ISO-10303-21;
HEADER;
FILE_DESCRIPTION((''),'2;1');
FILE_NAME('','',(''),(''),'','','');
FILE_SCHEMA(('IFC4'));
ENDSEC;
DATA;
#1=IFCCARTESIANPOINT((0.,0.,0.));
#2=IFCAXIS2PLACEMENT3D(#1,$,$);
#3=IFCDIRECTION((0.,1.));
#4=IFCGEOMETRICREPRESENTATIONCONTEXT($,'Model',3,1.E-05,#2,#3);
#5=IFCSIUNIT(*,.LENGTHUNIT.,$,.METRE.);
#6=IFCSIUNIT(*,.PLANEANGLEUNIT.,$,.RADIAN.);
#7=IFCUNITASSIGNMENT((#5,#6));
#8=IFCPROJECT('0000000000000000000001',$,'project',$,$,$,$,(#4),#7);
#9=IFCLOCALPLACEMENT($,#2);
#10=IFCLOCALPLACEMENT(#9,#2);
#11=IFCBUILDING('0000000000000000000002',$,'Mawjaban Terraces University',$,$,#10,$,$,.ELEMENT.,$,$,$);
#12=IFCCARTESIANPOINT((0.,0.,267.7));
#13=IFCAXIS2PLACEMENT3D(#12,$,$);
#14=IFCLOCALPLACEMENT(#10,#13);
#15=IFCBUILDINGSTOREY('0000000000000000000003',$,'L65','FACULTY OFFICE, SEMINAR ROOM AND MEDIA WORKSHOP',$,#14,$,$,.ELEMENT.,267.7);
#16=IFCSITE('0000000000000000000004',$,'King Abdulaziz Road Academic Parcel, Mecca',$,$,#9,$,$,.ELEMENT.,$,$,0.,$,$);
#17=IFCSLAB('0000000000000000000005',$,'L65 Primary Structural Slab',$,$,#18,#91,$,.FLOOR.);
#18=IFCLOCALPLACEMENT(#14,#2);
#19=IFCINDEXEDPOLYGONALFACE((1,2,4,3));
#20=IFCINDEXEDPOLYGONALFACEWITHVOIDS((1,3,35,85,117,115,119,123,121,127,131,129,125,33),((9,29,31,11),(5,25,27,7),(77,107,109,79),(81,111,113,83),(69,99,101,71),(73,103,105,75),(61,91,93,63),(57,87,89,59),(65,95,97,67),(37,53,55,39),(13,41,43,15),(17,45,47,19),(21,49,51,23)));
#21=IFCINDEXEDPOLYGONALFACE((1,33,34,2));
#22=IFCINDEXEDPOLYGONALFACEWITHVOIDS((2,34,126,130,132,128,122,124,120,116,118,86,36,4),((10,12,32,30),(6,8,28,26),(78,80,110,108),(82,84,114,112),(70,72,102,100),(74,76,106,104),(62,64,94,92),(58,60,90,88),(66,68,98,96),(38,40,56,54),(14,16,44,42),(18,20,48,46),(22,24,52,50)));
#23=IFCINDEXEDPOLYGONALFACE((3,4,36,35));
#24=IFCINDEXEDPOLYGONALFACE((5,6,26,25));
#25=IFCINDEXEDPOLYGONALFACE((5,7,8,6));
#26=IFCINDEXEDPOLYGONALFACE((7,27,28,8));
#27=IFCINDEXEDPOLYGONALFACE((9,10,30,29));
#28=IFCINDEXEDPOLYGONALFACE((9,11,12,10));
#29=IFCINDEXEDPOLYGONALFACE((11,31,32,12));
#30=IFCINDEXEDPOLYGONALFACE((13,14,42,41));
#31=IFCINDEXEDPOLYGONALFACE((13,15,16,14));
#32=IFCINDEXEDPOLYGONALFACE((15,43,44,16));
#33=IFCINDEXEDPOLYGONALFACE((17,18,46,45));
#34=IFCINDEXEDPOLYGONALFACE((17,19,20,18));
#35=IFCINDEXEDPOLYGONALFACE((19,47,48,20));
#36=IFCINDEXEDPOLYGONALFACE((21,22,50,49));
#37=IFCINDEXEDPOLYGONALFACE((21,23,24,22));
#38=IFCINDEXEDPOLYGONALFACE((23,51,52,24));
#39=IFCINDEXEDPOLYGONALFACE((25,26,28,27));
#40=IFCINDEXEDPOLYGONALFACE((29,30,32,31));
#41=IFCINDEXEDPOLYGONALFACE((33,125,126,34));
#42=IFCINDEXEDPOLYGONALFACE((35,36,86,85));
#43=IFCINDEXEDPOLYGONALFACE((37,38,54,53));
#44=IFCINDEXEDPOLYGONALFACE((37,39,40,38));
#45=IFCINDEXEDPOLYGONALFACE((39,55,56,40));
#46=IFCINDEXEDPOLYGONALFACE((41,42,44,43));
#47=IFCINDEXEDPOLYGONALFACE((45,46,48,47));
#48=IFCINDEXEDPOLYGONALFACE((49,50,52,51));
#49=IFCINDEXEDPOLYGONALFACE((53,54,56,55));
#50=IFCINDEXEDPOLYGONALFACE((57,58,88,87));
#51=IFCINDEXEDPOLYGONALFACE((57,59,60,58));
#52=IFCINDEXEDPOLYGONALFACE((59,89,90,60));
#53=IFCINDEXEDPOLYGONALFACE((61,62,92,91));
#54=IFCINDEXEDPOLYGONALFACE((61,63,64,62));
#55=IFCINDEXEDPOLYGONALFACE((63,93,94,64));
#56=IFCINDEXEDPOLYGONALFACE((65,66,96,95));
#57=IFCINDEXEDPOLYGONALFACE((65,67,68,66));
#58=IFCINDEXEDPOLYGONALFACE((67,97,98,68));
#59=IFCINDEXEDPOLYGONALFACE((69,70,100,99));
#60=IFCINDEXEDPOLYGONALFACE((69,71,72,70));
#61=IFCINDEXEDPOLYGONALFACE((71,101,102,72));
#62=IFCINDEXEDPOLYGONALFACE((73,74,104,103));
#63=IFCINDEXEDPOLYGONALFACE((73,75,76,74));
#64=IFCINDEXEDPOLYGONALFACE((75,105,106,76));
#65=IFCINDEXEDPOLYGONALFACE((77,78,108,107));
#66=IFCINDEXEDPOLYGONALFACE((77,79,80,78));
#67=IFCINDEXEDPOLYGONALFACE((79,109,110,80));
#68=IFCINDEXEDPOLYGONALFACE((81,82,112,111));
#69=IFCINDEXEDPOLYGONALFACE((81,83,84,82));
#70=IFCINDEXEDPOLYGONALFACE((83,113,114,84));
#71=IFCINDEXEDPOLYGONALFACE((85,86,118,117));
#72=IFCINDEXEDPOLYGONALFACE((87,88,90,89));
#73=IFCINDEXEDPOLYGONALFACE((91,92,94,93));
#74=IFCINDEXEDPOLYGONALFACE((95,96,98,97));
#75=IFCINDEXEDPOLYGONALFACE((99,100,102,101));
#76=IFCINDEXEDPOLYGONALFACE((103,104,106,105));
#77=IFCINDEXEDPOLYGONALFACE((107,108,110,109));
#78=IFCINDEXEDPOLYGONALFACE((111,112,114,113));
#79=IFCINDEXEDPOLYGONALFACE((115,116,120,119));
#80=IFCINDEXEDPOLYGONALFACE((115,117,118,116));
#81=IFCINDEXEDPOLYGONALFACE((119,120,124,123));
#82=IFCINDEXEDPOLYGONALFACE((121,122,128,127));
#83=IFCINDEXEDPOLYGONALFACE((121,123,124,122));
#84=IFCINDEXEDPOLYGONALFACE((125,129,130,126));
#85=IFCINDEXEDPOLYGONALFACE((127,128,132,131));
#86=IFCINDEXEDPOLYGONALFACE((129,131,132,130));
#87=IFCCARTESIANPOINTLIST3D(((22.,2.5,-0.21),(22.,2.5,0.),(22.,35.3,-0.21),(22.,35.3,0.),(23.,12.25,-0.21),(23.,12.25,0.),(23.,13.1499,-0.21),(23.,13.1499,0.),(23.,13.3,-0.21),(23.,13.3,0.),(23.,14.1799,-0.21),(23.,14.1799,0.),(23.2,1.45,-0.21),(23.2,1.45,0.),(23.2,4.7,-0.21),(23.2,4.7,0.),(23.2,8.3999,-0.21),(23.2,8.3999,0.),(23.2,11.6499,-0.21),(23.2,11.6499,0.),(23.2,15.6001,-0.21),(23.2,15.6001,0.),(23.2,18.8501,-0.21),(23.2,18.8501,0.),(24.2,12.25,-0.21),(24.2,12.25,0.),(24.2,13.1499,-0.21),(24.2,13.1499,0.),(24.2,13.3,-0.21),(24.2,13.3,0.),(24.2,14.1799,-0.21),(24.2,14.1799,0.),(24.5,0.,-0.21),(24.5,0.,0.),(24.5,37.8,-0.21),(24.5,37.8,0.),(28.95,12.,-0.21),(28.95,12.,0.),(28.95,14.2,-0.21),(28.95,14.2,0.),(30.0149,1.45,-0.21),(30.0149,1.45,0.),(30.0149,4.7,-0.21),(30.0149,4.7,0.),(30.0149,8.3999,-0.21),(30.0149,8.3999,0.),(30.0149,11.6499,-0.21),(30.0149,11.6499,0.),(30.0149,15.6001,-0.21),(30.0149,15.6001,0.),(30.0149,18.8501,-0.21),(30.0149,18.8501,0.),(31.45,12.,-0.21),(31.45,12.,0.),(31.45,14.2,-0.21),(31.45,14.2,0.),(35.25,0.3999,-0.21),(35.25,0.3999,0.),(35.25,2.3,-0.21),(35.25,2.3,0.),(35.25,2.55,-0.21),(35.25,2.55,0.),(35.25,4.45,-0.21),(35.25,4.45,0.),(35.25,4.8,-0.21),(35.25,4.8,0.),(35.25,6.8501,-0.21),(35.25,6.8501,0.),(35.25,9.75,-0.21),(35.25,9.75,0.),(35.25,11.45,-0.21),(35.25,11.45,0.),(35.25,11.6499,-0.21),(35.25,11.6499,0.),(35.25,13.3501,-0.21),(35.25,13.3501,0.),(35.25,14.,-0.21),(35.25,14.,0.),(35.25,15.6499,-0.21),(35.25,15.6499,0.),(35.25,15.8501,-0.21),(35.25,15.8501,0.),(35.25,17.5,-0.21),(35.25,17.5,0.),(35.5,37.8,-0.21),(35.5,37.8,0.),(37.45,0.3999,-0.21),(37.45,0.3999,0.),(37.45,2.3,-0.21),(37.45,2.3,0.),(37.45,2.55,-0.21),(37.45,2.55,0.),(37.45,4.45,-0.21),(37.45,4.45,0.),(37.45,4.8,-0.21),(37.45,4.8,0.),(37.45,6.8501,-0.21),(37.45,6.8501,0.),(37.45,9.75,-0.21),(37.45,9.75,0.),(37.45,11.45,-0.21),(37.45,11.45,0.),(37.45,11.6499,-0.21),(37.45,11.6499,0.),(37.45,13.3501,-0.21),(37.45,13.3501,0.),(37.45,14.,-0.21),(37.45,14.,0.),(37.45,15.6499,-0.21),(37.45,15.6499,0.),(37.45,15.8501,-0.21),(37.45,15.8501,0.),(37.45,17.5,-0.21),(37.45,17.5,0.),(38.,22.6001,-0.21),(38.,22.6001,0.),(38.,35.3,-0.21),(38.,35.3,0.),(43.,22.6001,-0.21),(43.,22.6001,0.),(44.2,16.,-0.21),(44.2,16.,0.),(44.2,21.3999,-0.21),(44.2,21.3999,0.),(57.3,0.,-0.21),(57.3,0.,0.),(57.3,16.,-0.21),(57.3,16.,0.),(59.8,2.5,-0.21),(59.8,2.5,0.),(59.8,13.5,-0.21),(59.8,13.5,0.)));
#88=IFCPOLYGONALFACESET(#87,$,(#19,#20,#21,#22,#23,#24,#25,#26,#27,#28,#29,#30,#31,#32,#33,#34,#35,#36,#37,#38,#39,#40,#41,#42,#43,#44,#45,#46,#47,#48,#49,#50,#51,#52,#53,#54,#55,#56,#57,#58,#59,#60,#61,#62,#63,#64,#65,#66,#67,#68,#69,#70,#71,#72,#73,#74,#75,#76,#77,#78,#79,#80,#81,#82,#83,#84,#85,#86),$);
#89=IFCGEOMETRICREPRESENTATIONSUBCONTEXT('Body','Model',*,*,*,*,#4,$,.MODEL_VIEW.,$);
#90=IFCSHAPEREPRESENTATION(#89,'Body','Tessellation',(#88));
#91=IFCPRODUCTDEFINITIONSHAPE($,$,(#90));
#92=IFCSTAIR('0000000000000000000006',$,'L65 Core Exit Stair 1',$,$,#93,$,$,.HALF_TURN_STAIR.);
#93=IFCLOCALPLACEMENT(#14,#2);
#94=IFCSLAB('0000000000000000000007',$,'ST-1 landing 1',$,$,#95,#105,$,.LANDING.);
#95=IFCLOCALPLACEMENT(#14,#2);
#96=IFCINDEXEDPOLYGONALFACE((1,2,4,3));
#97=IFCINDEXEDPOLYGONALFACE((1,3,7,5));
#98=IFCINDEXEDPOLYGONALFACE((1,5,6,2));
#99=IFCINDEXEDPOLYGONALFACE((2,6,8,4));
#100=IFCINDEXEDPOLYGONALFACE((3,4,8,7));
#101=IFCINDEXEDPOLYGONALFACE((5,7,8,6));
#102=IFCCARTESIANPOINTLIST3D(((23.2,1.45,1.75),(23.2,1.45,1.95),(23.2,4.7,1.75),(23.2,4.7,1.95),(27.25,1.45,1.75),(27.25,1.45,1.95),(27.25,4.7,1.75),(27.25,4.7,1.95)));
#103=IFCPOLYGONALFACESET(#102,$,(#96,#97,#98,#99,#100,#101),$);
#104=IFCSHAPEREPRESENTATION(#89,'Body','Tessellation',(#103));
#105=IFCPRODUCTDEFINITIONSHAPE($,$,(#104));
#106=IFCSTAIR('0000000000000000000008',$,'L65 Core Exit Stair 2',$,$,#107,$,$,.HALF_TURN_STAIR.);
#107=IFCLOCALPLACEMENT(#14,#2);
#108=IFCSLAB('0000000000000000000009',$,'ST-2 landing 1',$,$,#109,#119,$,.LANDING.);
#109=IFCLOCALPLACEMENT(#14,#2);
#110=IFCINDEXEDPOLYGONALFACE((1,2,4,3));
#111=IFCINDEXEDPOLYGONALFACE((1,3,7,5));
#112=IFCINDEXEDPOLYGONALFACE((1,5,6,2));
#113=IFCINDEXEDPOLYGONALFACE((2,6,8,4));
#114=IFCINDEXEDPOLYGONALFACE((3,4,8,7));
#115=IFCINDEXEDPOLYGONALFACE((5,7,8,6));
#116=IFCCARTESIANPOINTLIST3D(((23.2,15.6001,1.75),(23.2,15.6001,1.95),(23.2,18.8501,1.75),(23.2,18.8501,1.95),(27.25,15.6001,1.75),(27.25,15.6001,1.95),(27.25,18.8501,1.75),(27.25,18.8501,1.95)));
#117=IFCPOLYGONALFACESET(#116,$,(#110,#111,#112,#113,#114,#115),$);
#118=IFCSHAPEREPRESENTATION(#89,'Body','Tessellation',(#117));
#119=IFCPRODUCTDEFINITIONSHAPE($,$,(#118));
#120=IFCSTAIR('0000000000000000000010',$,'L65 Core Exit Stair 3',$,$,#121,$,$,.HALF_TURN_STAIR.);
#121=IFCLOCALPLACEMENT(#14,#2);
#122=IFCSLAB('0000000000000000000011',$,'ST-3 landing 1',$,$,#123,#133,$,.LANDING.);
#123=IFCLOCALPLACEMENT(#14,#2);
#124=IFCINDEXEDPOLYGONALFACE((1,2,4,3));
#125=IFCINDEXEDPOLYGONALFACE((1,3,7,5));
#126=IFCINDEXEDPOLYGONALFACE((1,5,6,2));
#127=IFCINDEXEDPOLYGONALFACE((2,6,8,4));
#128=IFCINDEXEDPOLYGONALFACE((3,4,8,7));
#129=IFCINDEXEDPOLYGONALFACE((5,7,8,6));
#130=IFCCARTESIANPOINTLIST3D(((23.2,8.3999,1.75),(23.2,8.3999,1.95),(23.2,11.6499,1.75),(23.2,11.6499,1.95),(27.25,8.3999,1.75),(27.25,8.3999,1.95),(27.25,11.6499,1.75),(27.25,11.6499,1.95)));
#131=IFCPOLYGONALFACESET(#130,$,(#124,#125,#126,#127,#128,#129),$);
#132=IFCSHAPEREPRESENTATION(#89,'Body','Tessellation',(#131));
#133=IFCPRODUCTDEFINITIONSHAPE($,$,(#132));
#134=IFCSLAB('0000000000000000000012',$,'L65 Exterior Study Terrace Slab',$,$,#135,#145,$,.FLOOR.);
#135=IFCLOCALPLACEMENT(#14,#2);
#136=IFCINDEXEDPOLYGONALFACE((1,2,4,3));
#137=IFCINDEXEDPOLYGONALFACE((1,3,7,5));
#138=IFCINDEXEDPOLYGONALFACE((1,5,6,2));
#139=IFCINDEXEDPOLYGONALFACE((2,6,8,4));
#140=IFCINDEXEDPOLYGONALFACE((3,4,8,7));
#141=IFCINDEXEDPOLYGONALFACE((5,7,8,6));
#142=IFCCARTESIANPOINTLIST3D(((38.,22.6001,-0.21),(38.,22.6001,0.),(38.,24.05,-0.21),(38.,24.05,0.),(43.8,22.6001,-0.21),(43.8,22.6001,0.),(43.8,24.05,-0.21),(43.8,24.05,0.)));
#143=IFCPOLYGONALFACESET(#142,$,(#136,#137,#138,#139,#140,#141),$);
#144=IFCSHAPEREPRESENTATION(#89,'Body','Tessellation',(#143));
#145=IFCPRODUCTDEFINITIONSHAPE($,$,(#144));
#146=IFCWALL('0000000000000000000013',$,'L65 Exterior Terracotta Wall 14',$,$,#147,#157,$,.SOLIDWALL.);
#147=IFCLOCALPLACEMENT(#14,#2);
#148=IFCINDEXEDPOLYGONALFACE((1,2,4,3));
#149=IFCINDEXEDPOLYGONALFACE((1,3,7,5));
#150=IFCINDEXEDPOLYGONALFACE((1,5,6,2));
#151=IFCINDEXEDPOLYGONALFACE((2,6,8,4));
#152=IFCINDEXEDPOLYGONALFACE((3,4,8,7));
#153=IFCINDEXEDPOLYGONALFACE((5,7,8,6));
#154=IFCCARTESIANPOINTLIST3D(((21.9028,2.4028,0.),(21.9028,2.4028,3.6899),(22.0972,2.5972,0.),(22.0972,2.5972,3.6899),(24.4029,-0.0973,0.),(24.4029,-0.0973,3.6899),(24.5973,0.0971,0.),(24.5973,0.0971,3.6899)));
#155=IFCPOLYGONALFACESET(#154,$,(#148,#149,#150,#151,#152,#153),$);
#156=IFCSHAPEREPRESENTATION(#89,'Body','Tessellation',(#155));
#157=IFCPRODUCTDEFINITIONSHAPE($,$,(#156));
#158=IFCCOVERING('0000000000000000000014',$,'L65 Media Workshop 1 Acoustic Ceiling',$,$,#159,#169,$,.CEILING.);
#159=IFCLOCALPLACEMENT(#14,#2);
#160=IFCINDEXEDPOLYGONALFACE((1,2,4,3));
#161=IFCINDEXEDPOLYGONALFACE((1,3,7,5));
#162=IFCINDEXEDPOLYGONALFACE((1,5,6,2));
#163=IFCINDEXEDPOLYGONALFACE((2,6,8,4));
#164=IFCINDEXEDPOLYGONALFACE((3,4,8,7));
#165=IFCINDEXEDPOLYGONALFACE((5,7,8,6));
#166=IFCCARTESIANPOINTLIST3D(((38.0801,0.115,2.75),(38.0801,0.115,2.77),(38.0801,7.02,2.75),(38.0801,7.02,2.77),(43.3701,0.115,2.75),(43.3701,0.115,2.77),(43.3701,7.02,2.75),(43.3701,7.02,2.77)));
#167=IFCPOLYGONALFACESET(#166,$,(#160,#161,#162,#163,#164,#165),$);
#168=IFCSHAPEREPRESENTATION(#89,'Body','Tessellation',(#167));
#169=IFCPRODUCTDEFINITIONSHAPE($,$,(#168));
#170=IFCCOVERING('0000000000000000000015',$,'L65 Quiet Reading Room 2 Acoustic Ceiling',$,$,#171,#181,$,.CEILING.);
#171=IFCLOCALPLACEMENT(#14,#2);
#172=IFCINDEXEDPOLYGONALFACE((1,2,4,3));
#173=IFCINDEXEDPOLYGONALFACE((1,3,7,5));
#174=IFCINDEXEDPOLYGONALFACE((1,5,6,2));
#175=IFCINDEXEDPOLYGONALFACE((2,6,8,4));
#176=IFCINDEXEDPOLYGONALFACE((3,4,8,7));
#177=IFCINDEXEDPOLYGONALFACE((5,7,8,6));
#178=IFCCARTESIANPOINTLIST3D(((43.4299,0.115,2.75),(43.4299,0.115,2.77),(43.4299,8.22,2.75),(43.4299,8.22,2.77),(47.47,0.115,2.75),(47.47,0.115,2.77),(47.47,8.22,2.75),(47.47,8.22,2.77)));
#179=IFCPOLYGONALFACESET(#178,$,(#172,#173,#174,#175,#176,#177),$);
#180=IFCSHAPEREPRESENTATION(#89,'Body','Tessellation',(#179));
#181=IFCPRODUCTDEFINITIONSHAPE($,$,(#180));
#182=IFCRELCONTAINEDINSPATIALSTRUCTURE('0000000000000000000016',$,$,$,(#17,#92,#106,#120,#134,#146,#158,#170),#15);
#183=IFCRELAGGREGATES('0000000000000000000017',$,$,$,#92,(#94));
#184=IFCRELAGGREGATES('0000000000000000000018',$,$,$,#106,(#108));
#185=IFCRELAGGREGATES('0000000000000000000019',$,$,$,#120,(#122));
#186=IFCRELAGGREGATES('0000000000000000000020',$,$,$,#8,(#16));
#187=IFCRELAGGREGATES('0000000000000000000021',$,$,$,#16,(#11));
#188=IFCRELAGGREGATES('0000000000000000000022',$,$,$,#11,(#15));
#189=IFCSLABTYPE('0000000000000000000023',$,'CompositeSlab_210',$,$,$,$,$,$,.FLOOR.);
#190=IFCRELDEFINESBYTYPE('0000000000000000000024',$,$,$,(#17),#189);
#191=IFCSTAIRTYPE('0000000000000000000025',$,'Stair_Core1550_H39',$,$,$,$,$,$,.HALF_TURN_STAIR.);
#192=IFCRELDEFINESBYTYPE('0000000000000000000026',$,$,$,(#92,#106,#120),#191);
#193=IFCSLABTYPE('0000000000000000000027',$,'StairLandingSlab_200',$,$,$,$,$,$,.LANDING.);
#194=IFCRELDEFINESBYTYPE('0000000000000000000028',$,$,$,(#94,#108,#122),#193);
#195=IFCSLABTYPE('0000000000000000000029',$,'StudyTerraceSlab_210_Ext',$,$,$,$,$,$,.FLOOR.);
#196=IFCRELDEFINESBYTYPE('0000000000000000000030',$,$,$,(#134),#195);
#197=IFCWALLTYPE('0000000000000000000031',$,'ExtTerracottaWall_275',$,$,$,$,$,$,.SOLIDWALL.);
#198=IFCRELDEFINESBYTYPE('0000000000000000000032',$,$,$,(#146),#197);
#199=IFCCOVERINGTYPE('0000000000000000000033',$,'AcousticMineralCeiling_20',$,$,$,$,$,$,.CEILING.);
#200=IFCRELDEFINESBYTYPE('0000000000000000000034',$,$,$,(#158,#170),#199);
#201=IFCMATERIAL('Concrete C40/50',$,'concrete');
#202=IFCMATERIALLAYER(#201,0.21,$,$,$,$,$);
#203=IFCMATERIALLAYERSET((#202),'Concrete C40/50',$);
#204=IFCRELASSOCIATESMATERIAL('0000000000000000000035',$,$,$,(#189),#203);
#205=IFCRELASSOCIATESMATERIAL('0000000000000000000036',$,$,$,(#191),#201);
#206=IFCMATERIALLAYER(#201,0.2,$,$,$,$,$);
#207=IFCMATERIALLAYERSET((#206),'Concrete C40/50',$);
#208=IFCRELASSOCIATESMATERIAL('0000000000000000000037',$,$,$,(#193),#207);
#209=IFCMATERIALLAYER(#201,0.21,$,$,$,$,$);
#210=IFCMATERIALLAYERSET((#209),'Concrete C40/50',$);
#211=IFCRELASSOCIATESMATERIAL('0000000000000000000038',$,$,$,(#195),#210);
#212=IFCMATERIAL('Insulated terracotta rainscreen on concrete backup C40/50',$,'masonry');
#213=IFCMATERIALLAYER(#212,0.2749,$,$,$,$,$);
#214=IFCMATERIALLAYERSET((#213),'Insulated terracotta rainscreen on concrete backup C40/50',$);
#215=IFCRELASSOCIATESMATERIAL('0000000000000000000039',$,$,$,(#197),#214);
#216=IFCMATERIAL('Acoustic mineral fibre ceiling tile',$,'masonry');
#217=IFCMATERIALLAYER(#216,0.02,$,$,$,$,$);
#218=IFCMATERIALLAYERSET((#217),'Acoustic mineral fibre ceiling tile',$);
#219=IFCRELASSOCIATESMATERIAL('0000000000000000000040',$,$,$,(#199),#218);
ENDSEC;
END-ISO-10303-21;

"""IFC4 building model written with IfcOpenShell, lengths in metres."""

from ifc_helpers import new_model, si_unit, direction, frame, frame_2d, origin, place, context, subcontext, project, spatial, polyline, rectangle, outline, extrude, material, layer, layer_set, type_object, element, aggregate, save


model = new_model("IFC4")

# Units and contexts
model_context = context("Model", 3, precision=1e-05, world=origin(), true_north=direction((0.0, 1.0)))
body_context = subcontext(model_context, "Body", "Model", "MODEL_VIEW")
ifc_project = project(units=[si_unit("LENGTHUNIT", "METRE"), si_unit("PLANEANGLEUNIT", "RADIAN")], contexts=[model_context])

# Site, building, storey
site_placement = place(None, origin())
site = spatial("IfcSite", under=ifc_project, at=site_placement, Name="King Abdulaziz Road Academic Parcel, Mecca", CompositionType="ELEMENT", RefElevation=0.0)
building_placement = place(site_placement, origin())
building = spatial("IfcBuilding", under=site, at=building_placement, Name="Mawjaban Terraces University", CompositionType="ELEMENT")
storey_placement = place(building_placement, frame((0.0, 0.0, 267.7)))
storey = spatial("IfcBuildingStorey", under=building, at=storey_placement, Name="L65", Description="FACULTY OFFICE, SEMINAR ROOM AND MEDIA WORKSHOP", CompositionType="ELEMENT", Elevation=267.7)

# Slab
ifc_material_1 = material(Name="Concrete C40/50", Category="concrete")
ifc_layer_1 = layer(ifc_material_1, 0.21)
ifc_layer_set_1 = layer_set([ifc_layer_1], Name="Concrete C40/50")
slab_type_1 = type_object("IfcSlabType", Name="CompositeSlab_210", PredefinedType="FLOOR", material=ifc_layer_set_1)
slab_1_placement = place(storey_placement, frame((0.0, 0.0, -0.21)))
element("IfcSlab", 1, at=slab_1_placement, inside=storey, type_object=slab_type_1, Name="L65 Primary Structural Slab", PredefinedType="FLOOR", context=body_context, shape_type="SweptSolid", body=[
    extrude(outline(polyline([(24.5, 0.0), (57.3, 0.0), (59.8, 2.5), (59.8, 13.5), (57.3, 16.0), (44.2, 16.0), (44.2, 21.3999), (43.0, 22.6001), (38.0, 22.6001), (38.0, 35.3), (35.5, 37.8), (24.5, 37.8), (22.0, 35.3), (22.0, 2.5), (24.5, 0.0)]), holes=[polyline([(30.0149, 4.7), (23.2, 4.7), (23.2, 1.45), (30.0149, 1.45), (30.0149, 4.7)]), polyline([(30.0149, 18.8501), (23.2, 18.8501), (23.2, 15.6001), (30.0149, 15.6001), (30.0149, 18.8501)]), polyline([(30.0149, 11.6499), (23.2, 11.6499), (23.2, 8.3999), (30.0149, 8.3999), (30.0149, 11.6499)]), polyline([(35.25, 0.3999), (37.45, 0.3999), (37.45, 2.3), (35.25, 2.3), (35.25, 0.3999)]), polyline([(35.25, 2.55), (37.45, 2.55), (37.45, 4.45), (35.25, 4.45), (35.25, 2.55)]), polyline([(35.25, 4.8), (37.45, 4.8), (37.45, 6.8501), (35.25, 6.8501), (35.25, 4.8)]), polyline([(35.25, 9.75), (37.45, 9.75), (37.45, 11.45), (35.25, 11.45), (35.25, 9.75)]), polyline([(35.25, 11.6499), (37.45, 11.6499), (37.45, 13.3501), (35.25, 13.3501), (35.25, 11.6499)]), polyline([(28.95, 12.0), (31.45, 12.0), (31.45, 14.2), (28.95, 14.2), (28.95, 12.0)]), polyline([(35.25, 14.0), (37.45, 14.0), (37.45, 15.6499), (35.25, 15.6499), (35.25, 14.0)]), polyline([(35.25, 15.8501), (37.45, 15.8501), (37.45, 17.5), (35.25, 17.5), (35.25, 15.8501)]), polyline([(23.0, 12.25), (24.2, 12.25), (24.2, 13.1499), (23.0, 13.1499), (23.0, 12.25)]), polyline([(23.0, 13.3), (24.2, 13.3), (24.2, 14.1799), (23.0, 14.1799), (23.0, 13.3)])]), origin(), (0.0, 0.0, 1.0), 0.21),
])

# Stairs, slabs
stair_type = type_object("IfcStairType", Name="Stair_Core1550_H39", PredefinedType="HALF_TURN_STAIR", material=ifc_material_1)
stair_1_placement = place(storey_placement, origin())
stair_1 = element("IfcStair", 2, at=stair_1_placement, inside=storey, type_object=stair_type, Name="L65 Core Exit Stair 1", PredefinedType="HALF_TURN_STAIR")
ifc_layer_2 = layer(ifc_material_1, 0.2)
ifc_layer_set_2 = layer_set([ifc_layer_2], Name="Concrete C40/50")
slab_type_2 = type_object("IfcSlabType", Name="StairLandingSlab_200", PredefinedType="LANDING", material=ifc_layer_set_2)
slab_2_placement = place(storey_placement, frame((0.0, 0.0, 1.75)))
slab_2 = element("IfcSlab", 3, at=slab_2_placement, type_object=slab_type_2, Name="ST-1 landing 1", PredefinedType="LANDING", context=body_context, shape_type="SweptSolid", body=[
    extrude(outline(polyline([(27.25, 4.7), (23.2, 4.7), (23.2, 1.45), (27.25, 1.45), (27.25, 4.7)])), origin(), (0.0, 0.0, 1.0), 0.2),
])
aggregate(stair_1, [slab_2])
stair_2_placement = place(storey_placement, origin())
stair_2 = element("IfcStair", 4, at=stair_2_placement, inside=storey, type_object=stair_type, Name="L65 Core Exit Stair 2", PredefinedType="HALF_TURN_STAIR")
slab_3_placement = place(storey_placement, frame((0.0, 0.0, 1.75)))
slab_3 = element("IfcSlab", 5, at=slab_3_placement, type_object=slab_type_2, Name="ST-2 landing 1", PredefinedType="LANDING", context=body_context, shape_type="SweptSolid", body=[
    extrude(outline(polyline([(27.25, 18.8501), (23.2, 18.8501), (23.2, 15.6001), (27.25, 15.6001), (27.25, 18.8501)])), origin(), (0.0, 0.0, 1.0), 0.2),
])
aggregate(stair_2, [slab_3])
stair_3_placement = place(storey_placement, origin())
stair_3 = element("IfcStair", 6, at=stair_3_placement, inside=storey, type_object=stair_type, Name="L65 Core Exit Stair 3", PredefinedType="HALF_TURN_STAIR")
slab_4_placement = place(storey_placement, frame((0.0, 0.0, 1.75)))
slab_4 = element("IfcSlab", 7, at=slab_4_placement, type_object=slab_type_2, Name="ST-3 landing 1", PredefinedType="LANDING", context=body_context, shape_type="SweptSolid", body=[
    extrude(outline(polyline([(27.25, 11.6499), (23.2, 11.6499), (23.2, 8.3999), (27.25, 8.3999), (27.25, 11.6499)])), origin(), (0.0, 0.0, 1.0), 0.2),
])
aggregate(stair_3, [slab_4])

# Slab
ifc_layer_3 = layer(ifc_material_1, 0.21)
ifc_layer_set_3 = layer_set([ifc_layer_3], Name="Concrete C40/50")
slab_type_3 = type_object("IfcSlabType", Name="StudyTerraceSlab_210_Ext", PredefinedType="FLOOR", material=ifc_layer_set_3)
slab_5_placement = place(storey_placement, frame((0.0, 0.0, -0.21)))
element("IfcSlab", 8, at=slab_5_placement, inside=storey, type_object=slab_type_3, Name="L65 Exterior Study Terrace Slab", PredefinedType="FLOOR", context=body_context, shape_type="SweptSolid", body=[
    extrude(outline(polyline([(38.0, 22.6001), (43.8, 22.6001), (43.8, 24.05), (38.0, 24.05), (38.0, 22.6001)])), origin(), (0.0, 0.0, 1.0), 0.21),
])

# Wall
ifc_material_2 = material(Name="Insulated terracotta rainscreen on concrete backup C40/50", Category="masonry")
ifc_layer_4 = layer(ifc_material_2, 0.2749)
ifc_layer_set_4 = layer_set([ifc_layer_4], Name="Insulated terracotta rainscreen on concrete backup C40/50")
wall_type = type_object("IfcWallType", Name="ExtTerracottaWall_275", PredefinedType="SOLIDWALL", material=ifc_layer_set_4)
wall_placement = place(storey_placement, frame((22.0, 2.5, 0.0), z_axis=(0.0, 0.0, 1.0), x_axis=(0.707107, -0.707107, 0.0)))
element("IfcWall", 9, at=wall_placement, inside=storey, type_object=wall_type, Name="L65 Exterior Terracotta Wall 14", PredefinedType="SOLIDWALL", context=body_context, shape_type="SweptSolid", body=[
    extrude(rectangle(XDim=3.5356, YDim=0.2749, at=frame_2d((1.7678, 0.0))), origin(), (0.0, 0.0, 1.0), 3.6899),
])

# Coverings
ifc_material_3 = material(Name="Acoustic mineral fibre ceiling tile", Category="masonry")
ifc_layer_5 = layer(ifc_material_3, 0.02)
ifc_layer_set_5 = layer_set([ifc_layer_5], Name="Acoustic mineral fibre ceiling tile")
covering_type_1 = type_object("IfcCoveringType", Name="AcousticMineralCeiling_20", PredefinedType="CEILING", material=ifc_layer_set_5)
covering_1_placement = place(storey_placement, frame((0.0, 0.0, 2.75)))
element("IfcCovering", 10, at=covering_1_placement, inside=storey, type_object=covering_type_1, Name="L65 Media Workshop 1 Acoustic Ceiling", PredefinedType="CEILING", context=body_context, shape_type="SweptSolid", body=[
    extrude(outline(polyline([(38.0801, 7.02), (38.0801, 0.115), (43.3701, 0.115), (43.3701, 7.02), (38.0801, 7.02)])), origin(), (0.0, 0.0, 1.0), 0.02),
])
covering_2_placement = place(storey_placement, frame((0.0, 0.0, 2.75)))
element("IfcCovering", 11, at=covering_2_placement, inside=storey, type_object=covering_type_1, Name="L65 Quiet Reading Room 2 Acoustic Ceiling", PredefinedType="CEILING", context=body_context, shape_type="SweptSolid", body=[
    extrude(outline(polyline([(43.4299, 0.115), (47.47, 0.115), (47.47, 8.22), (43.4299, 8.22), (43.4299, 0.115)])), origin(), (0.0, 0.0, 1.0), 0.02),
])

save(model, "model.ifc")
